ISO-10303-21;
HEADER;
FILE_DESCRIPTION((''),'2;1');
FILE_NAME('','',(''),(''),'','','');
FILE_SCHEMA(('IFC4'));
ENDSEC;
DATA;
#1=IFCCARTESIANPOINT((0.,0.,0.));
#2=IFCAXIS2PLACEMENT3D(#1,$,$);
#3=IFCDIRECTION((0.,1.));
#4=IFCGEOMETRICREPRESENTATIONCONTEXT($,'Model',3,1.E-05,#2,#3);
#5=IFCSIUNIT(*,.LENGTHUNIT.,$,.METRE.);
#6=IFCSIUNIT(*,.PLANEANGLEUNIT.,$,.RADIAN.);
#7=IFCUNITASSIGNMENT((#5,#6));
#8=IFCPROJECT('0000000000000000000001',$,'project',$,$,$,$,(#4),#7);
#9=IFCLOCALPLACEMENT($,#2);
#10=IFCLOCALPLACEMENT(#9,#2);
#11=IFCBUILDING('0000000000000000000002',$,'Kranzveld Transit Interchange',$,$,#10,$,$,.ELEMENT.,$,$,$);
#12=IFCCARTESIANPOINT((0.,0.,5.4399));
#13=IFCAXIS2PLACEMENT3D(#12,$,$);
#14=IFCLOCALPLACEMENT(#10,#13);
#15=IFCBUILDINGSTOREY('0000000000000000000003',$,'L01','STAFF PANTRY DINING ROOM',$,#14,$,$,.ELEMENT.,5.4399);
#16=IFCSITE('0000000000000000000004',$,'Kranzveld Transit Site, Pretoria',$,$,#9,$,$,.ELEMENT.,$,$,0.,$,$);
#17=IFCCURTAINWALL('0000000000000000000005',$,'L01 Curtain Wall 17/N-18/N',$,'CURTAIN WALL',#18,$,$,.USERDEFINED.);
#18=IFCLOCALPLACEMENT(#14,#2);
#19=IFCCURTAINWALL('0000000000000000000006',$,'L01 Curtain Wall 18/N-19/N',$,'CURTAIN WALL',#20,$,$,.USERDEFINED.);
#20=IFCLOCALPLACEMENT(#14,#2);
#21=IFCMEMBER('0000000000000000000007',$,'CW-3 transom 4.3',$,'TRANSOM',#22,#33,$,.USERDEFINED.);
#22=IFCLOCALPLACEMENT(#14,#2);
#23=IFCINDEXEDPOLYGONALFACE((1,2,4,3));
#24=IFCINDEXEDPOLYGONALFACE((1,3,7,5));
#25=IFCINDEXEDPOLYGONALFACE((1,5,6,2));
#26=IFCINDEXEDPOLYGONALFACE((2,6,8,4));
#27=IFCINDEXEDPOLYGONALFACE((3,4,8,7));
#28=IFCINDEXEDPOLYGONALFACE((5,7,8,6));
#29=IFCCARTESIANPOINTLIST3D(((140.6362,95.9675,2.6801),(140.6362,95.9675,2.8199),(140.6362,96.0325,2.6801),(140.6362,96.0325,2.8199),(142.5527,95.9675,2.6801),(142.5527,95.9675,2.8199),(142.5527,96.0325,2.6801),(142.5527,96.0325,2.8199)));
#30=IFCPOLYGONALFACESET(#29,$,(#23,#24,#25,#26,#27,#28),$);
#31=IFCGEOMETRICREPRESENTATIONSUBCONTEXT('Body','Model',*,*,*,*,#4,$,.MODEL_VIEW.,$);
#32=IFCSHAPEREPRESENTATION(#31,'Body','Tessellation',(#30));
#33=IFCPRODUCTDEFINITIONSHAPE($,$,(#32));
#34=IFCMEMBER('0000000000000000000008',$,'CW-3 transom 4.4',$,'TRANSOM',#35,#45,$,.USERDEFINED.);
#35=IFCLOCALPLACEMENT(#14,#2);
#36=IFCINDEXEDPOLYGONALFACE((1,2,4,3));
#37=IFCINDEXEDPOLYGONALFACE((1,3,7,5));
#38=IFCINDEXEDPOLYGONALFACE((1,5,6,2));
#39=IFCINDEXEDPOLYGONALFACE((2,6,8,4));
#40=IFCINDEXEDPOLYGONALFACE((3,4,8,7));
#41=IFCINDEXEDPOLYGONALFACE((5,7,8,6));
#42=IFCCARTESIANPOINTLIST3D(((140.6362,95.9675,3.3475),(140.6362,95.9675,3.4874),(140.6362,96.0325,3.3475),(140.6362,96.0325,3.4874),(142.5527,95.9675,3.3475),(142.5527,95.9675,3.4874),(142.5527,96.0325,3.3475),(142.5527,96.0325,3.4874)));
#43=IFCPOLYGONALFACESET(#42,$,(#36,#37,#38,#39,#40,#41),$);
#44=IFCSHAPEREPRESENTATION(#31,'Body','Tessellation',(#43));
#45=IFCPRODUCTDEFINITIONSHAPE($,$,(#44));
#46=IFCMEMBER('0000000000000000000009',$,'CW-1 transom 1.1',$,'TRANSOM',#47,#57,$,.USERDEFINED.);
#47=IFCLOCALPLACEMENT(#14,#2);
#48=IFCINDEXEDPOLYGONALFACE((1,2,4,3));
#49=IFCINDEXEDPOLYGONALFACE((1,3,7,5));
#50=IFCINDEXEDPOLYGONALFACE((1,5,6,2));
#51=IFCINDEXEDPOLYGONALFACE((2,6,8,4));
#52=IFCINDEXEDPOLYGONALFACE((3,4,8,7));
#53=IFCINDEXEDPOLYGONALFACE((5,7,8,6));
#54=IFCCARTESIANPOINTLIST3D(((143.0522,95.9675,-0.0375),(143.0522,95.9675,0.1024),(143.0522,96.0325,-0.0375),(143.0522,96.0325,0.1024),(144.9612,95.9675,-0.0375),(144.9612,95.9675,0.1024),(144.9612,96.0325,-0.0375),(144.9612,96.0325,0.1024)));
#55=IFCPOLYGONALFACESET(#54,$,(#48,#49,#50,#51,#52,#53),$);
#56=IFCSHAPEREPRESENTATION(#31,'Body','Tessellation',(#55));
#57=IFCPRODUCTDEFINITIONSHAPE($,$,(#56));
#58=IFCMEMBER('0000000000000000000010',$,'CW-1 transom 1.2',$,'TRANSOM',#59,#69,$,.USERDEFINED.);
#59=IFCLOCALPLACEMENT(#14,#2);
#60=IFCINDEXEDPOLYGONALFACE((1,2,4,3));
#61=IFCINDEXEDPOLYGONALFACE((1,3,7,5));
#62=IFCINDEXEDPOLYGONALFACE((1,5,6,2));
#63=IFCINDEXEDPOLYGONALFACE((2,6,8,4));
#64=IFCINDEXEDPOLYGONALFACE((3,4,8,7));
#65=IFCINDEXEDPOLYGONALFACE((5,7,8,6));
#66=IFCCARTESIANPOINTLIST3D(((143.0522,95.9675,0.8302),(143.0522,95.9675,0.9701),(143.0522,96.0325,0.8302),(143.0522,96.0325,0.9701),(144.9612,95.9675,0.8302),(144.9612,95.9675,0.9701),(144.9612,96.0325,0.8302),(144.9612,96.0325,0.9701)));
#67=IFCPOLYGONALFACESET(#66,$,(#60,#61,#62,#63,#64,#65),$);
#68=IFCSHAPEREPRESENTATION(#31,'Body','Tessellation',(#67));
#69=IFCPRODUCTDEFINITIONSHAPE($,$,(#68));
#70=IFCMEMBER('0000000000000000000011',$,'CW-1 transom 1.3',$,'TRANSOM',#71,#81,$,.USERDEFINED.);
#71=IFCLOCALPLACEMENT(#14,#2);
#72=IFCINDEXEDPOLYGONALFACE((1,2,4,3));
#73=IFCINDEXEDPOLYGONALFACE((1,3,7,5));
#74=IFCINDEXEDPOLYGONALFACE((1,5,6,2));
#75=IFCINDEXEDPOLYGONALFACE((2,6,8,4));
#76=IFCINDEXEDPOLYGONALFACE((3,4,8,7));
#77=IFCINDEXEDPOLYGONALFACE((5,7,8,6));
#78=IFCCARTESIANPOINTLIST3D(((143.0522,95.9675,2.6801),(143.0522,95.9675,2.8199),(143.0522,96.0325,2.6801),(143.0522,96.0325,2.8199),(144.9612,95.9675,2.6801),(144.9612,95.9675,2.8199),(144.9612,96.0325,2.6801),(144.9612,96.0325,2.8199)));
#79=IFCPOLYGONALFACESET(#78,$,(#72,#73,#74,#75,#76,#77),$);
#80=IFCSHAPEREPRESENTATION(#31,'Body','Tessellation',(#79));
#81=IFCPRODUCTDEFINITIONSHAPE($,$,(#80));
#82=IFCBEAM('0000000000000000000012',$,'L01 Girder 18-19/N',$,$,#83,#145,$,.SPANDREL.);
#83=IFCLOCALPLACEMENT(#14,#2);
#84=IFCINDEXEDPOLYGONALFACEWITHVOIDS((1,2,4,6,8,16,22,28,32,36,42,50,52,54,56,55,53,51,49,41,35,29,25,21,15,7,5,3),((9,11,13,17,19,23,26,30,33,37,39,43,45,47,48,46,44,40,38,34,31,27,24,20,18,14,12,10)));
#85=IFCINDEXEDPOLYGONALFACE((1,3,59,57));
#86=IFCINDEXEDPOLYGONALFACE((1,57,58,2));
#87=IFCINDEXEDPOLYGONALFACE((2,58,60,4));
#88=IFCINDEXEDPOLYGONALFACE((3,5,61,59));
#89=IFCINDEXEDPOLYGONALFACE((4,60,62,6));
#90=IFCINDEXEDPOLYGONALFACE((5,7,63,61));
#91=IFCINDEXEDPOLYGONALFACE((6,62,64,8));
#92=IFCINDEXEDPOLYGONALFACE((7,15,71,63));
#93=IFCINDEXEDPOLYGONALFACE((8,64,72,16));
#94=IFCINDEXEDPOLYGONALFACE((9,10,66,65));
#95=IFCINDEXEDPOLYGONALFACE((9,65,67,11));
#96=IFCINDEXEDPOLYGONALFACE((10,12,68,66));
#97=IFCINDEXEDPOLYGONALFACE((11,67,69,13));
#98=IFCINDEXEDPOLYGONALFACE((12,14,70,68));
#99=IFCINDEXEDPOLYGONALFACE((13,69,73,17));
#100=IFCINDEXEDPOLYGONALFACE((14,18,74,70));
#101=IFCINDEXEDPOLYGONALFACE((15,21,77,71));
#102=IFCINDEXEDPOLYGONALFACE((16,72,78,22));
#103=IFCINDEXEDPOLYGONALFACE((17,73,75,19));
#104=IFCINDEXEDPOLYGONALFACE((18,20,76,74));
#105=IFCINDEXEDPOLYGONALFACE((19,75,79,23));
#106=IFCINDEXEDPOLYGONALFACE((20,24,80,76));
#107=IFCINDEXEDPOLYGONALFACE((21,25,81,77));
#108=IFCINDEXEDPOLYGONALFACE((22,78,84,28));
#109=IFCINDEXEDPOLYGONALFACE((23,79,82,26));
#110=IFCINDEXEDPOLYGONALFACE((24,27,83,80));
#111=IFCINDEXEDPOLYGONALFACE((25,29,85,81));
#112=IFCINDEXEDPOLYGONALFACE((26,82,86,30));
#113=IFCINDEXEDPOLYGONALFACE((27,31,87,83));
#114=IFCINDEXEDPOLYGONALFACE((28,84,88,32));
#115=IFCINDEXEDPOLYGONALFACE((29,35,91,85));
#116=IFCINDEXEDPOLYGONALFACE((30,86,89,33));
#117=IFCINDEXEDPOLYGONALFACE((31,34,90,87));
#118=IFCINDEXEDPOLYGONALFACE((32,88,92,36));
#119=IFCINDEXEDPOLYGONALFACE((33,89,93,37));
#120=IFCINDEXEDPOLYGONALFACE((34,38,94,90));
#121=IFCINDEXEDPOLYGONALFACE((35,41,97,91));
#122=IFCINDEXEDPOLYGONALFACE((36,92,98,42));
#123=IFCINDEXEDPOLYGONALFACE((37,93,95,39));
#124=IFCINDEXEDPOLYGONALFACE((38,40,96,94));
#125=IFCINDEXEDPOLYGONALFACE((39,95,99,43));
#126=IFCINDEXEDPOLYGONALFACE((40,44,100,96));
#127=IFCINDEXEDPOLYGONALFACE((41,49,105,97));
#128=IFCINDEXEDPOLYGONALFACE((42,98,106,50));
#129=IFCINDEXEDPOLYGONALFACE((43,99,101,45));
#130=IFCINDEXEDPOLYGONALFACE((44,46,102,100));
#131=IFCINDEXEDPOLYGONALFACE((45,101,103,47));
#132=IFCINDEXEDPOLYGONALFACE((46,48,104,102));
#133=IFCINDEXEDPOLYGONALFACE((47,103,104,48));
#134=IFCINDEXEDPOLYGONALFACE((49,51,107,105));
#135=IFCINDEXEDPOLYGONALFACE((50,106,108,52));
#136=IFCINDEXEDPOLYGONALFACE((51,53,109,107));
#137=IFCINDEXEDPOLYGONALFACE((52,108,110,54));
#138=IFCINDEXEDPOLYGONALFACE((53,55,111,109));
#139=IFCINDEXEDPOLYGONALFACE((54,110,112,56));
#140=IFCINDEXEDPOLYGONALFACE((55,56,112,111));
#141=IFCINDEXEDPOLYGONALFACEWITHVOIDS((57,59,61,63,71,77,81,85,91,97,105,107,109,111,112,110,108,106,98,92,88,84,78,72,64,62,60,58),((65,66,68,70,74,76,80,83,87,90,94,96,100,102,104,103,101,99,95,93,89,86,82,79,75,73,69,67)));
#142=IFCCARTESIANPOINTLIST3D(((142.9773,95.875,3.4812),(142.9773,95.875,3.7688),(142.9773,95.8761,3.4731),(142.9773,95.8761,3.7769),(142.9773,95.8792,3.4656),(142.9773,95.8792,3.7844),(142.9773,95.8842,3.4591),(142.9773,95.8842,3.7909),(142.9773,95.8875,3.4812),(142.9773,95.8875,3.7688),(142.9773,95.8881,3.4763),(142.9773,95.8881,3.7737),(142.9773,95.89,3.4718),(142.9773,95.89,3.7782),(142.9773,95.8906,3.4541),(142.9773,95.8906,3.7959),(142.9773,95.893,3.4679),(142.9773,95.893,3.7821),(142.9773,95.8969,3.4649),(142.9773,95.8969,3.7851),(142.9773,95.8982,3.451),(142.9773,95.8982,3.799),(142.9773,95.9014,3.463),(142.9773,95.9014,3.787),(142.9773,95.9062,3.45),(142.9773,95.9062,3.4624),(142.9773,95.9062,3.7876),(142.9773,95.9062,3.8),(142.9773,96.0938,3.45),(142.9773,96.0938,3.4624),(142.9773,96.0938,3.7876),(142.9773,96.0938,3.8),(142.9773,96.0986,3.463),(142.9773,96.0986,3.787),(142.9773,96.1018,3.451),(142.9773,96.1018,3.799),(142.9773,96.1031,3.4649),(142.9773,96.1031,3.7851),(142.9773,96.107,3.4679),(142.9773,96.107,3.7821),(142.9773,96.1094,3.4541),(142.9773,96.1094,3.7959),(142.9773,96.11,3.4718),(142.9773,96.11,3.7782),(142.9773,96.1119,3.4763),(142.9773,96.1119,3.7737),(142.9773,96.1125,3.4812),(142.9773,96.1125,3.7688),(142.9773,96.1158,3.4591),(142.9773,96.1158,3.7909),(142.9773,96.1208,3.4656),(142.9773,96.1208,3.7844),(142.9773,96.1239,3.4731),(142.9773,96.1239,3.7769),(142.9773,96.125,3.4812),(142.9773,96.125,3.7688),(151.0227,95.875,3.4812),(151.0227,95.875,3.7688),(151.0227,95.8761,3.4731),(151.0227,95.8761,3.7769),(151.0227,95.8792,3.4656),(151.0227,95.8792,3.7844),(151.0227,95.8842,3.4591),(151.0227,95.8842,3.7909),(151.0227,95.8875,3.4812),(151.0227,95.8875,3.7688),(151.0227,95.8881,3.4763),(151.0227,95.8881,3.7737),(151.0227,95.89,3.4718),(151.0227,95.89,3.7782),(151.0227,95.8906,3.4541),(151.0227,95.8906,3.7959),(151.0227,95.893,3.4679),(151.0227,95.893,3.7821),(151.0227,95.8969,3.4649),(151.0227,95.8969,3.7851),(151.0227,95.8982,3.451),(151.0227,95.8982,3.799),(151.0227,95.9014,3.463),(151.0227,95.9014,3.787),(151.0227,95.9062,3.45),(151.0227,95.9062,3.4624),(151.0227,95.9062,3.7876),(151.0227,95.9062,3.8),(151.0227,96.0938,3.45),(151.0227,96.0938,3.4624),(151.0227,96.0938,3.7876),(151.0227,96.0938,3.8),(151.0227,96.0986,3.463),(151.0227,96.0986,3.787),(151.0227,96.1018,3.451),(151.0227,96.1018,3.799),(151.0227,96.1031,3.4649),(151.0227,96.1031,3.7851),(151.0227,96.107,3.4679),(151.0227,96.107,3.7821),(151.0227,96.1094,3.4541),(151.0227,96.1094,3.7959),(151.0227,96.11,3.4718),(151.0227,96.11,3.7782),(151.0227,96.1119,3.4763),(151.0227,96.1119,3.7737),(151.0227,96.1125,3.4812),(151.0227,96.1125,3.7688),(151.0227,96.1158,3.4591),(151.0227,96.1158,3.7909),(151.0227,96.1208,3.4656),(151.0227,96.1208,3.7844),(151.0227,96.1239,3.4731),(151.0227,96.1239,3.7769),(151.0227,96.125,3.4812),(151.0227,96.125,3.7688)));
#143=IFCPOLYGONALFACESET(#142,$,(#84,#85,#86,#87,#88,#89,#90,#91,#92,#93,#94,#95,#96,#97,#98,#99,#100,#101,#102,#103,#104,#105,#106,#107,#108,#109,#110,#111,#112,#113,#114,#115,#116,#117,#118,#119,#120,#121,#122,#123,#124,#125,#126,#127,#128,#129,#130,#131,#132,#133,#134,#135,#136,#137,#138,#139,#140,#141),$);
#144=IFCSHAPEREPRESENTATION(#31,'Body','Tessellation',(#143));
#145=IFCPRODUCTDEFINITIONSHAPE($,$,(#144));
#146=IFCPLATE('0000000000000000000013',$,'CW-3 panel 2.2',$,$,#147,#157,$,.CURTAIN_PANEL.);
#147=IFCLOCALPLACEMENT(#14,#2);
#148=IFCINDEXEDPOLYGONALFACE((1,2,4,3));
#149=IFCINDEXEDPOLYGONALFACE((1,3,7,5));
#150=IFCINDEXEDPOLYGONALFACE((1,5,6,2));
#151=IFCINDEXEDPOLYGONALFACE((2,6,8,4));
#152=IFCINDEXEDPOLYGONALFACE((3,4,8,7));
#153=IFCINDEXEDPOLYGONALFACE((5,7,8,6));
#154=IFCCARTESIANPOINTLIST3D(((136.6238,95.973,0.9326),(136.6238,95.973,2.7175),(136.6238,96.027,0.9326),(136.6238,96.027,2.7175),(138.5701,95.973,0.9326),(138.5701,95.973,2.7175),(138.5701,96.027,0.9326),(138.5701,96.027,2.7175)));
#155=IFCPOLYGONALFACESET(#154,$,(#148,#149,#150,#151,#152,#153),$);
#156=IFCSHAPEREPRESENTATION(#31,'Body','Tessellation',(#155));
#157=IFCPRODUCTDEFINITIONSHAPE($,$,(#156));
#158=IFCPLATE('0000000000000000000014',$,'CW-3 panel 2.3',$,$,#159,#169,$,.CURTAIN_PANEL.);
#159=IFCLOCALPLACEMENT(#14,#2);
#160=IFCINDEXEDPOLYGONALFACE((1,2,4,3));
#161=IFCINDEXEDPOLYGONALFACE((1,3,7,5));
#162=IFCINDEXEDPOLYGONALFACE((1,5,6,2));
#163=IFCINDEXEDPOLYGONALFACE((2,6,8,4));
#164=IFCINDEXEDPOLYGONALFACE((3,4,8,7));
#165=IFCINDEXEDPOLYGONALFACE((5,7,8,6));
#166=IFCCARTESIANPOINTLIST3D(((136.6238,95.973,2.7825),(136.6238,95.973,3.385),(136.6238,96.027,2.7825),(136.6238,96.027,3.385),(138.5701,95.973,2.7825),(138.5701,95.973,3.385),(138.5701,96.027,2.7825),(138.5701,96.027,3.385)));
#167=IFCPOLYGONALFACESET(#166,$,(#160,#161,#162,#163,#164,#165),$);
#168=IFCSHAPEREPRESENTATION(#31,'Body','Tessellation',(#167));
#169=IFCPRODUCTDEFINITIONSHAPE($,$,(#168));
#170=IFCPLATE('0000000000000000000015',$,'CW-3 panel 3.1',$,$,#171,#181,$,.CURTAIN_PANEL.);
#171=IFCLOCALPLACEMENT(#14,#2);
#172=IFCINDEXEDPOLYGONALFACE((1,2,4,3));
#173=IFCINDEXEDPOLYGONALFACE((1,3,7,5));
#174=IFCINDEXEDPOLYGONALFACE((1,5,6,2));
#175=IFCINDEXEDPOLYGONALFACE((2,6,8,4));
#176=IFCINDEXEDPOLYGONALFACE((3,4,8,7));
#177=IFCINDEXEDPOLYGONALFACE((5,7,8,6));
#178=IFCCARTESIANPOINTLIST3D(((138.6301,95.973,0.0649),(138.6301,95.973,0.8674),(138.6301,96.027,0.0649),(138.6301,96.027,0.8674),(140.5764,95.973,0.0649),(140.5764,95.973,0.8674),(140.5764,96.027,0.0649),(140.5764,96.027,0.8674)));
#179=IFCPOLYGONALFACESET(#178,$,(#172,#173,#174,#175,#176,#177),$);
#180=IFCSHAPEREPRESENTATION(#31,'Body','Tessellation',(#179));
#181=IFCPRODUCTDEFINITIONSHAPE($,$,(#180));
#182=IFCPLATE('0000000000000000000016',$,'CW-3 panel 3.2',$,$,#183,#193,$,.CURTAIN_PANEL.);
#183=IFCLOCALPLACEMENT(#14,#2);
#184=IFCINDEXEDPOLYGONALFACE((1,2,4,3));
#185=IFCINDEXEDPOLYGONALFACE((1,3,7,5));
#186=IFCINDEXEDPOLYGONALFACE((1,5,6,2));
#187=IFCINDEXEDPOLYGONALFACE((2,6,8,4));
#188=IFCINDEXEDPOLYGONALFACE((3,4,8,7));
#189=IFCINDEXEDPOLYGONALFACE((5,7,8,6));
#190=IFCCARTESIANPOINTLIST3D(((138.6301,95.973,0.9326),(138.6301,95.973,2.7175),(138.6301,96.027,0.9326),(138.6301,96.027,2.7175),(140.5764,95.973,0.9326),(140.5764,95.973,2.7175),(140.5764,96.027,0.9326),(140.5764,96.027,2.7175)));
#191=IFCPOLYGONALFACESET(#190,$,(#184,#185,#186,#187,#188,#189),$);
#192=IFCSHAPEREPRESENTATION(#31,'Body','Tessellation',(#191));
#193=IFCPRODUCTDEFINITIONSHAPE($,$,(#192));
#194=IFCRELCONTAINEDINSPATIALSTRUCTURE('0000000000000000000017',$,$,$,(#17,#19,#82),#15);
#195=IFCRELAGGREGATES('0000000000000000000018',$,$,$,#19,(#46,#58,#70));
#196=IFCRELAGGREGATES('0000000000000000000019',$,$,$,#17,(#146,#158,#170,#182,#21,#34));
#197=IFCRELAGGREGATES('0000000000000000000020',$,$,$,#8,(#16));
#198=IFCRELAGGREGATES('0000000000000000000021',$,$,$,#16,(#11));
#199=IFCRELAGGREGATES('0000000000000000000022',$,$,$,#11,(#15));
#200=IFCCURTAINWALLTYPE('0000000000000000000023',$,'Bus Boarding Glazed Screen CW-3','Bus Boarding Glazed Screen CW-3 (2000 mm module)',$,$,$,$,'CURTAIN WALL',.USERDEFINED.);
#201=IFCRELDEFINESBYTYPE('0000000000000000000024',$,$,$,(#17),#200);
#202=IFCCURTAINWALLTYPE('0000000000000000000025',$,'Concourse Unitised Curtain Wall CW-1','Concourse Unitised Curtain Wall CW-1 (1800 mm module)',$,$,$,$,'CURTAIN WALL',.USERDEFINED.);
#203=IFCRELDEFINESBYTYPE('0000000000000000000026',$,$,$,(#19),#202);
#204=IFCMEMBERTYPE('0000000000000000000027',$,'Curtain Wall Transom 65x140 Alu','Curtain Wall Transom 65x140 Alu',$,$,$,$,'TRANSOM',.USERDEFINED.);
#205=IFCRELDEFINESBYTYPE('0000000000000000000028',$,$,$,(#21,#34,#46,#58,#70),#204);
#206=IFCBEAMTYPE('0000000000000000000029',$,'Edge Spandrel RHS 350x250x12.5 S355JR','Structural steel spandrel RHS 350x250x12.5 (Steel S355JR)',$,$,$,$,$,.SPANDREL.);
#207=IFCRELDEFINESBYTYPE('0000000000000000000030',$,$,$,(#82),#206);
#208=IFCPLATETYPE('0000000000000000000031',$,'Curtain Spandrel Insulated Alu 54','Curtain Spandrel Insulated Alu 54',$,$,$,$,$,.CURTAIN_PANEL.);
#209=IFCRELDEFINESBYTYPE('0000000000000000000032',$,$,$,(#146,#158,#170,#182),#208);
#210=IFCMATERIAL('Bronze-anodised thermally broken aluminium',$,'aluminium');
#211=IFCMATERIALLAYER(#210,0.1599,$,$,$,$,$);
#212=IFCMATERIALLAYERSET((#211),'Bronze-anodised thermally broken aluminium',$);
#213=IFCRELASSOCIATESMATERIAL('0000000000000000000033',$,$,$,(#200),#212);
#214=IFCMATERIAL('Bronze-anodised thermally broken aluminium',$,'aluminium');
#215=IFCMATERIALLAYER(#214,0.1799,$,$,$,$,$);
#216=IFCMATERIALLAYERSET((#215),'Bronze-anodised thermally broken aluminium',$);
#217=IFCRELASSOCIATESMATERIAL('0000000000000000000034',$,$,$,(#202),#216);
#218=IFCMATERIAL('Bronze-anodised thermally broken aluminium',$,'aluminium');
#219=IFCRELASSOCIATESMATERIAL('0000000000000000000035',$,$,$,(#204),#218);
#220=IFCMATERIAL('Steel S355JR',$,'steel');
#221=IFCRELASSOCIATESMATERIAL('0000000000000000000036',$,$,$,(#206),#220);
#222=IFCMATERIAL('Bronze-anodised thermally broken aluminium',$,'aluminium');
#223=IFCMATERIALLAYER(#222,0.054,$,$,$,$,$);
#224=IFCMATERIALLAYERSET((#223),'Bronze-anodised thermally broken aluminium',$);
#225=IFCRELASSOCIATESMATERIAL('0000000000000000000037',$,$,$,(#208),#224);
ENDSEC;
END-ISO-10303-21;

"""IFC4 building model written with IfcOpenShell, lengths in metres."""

from ifc_helpers import new_model, si_unit, direction, frame, origin, origin_2d, place, context, subcontext, project, spatial, rectangle, hollow_rectangle, extrude, material, layer, layer_set, material_profile, profile_set, type_object, element, aggregate, save


model = new_model("IFC4")

# Units and contexts
model_context = context("Model", 3, precision=1e-05, world=origin(), true_north=direction((0.0, 1.0)))
body_context = subcontext(model_context, "Body", "Model", "MODEL_VIEW")
ifc_project = project(units=[si_unit("LENGTHUNIT", "METRE"), si_unit("PLANEANGLEUNIT", "RADIAN")], contexts=[model_context])

# Site, building, storey
site_placement = place(None, origin())
site = spatial("IfcSite", under=ifc_project, at=site_placement, Name="Kranzveld Transit Site, Pretoria", CompositionType="ELEMENT", RefElevation=0.0)
building_placement = place(site_placement, origin())
building = spatial("IfcBuilding", under=site, at=building_placement, Name="Kranzveld Transit Interchange", CompositionType="ELEMENT")
storey_placement = place(building_placement, frame((0.0, 0.0, 5.4399)))
storey = spatial("IfcBuildingStorey", under=building, at=storey_placement, Name="L01", Description="STAFF PANTRY DINING ROOM", CompositionType="ELEMENT", Elevation=5.4399)

# Curtain wall
ifc_material_1 = material(Name="Bronze-anodised thermally broken aluminium", Category="aluminium")
ifc_layer_1 = layer(ifc_material_1, 0.1599)
ifc_layer_set_1 = layer_set([ifc_layer_1], Name="Bronze-anodised thermally broken aluminium")
curtain_wall_type_1 = type_object("IfcCurtainWallType", Name="Bus Boarding Glazed Screen CW-3", Description="Bus Boarding Glazed Screen CW-3 (2000 mm module)", ElementType="CURTAIN WALL", PredefinedType="USERDEFINED", material=ifc_layer_set_1)
curtain_wall_1_placement = place(storey_placement, origin())
curtain_wall_1 = element("IfcCurtainWall", 1, at=curtain_wall_1_placement, inside=storey, type_object=curtain_wall_type_1, Name="L01 Curtain Wall 17/N-18/N", ObjectType="CURTAIN WALL", PredefinedType="USERDEFINED")

# Curtain wall
ifc_material_2 = material(Name="Bronze-anodised thermally broken aluminium", Category="aluminium")
ifc_layer_2 = layer(ifc_material_2, 0.1799)
ifc_layer_set_2 = layer_set([ifc_layer_2], Name="Bronze-anodised thermally broken aluminium")
curtain_wall_type_2 = type_object("IfcCurtainWallType", Name="Concourse Unitised Curtain Wall CW-1", Description="Concourse Unitised Curtain Wall CW-1 (1800 mm module)", ElementType="CURTAIN WALL", PredefinedType="USERDEFINED", material=ifc_layer_set_2)
curtain_wall_2_placement = place(storey_placement, origin())
curtain_wall_2 = element("IfcCurtainWall", 2, at=curtain_wall_2_placement, inside=storey, type_object=curtain_wall_type_2, Name="L01 Curtain Wall 18/N-19/N", ObjectType="CURTAIN WALL", PredefinedType="USERDEFINED")

# Members
ifc_material_3 = material(Name="Bronze-anodised thermally broken aluminium", Category="aluminium")
ifc_material_profile_1 = material_profile(ifc_material_3, rectangle(XDim=0.0649, YDim=0.1399, at=origin_2d()), Name="ALU TRANSOM 65x140")
ifc_profile_set_1 = profile_set([ifc_material_profile_1], Name="Bronze-anodised thermally broken aluminium")
member_type_1 = type_object("IfcMemberType", Name="Curtain Wall Transom 65x140 Alu", Description="Curtain Wall Transom 65x140 Alu", ElementType="TRANSOM", PredefinedType="USERDEFINED", material=ifc_profile_set_1)
member_1_placement = place(storey_placement, frame((140.6362, 96.0, 2.75), z_axis=(1.0, 0.0, 0.0), x_axis=(0.0, 1.0, 0.0)))
member_1 = element("IfcMember", 3, at=member_1_placement, type_object=member_type_1, Name="CW-3 transom 4.3", ObjectType="TRANSOM", PredefinedType="USERDEFINED", context=body_context, shape_type="SweptSolid", body=[
    extrude(rectangle(XDim=0.0649, YDim=0.1399, at=origin_2d()), origin(), (0.0, 0.0, 1.0), 1.9165),
])
member_2_placement = place(storey_placement, frame((140.6362, 96.0, 3.4175), z_axis=(1.0, 0.0, 0.0), x_axis=(0.0, 1.0, 0.0)))
member_2 = element("IfcMember", 4, at=member_2_placement, type_object=member_type_1, Name="CW-3 transom 4.4", ObjectType="TRANSOM", PredefinedType="USERDEFINED", context=body_context, shape_type="SweptSolid", body=[
    extrude(rectangle(XDim=0.0649, YDim=0.1399, at=origin_2d()), origin(), (0.0, 0.0, 1.0), 1.9165),
])
member_3_placement = place(storey_placement, frame((143.0522, 96.0, 0.0325), z_axis=(1.0, 0.0, 0.0), x_axis=(0.0, 1.0, 0.0)))
member_3 = element("IfcMember", 5, at=member_3_placement, type_object=member_type_1, Name="CW-1 transom 1.1", ObjectType="TRANSOM", PredefinedType="USERDEFINED", context=body_context, shape_type="SweptSolid", body=[
    extrude(rectangle(XDim=0.0649, YDim=0.1399, at=origin_2d()), origin(), (0.0, 0.0, 1.0), 1.9089),
])
member_4_placement = place(storey_placement, frame((143.0522, 96.0, 0.9001), z_axis=(1.0, 0.0, 0.0), x_axis=(0.0, 1.0, 0.0)))
member_4 = element("IfcMember", 6, at=member_4_placement, type_object=member_type_1, Name="CW-1 transom 1.2", ObjectType="TRANSOM", PredefinedType="USERDEFINED", context=body_context, shape_type="SweptSolid", body=[
    extrude(rectangle(XDim=0.0649, YDim=0.1399, at=origin_2d()), origin(), (0.0, 0.0, 1.0), 1.9089),
])
member_5_placement = place(storey_placement, frame((143.0522, 96.0, 2.75), z_axis=(1.0, 0.0, 0.0), x_axis=(0.0, 1.0, 0.0)))
member_5 = element("IfcMember", 7, at=member_5_placement, type_object=member_type_1, Name="CW-1 transom 1.3", ObjectType="TRANSOM", PredefinedType="USERDEFINED", context=body_context, shape_type="SweptSolid", body=[
    extrude(rectangle(XDim=0.0649, YDim=0.1399, at=origin_2d()), origin(), (0.0, 0.0, 1.0), 1.9089),
])
aggregate(curtain_wall_2, [member_3, member_4, member_5])

# Beam
ifc_material_4 = material(Name="Steel S355JR", Category="steel")
ifc_material_profile_2 = material_profile(ifc_material_4, hollow_rectangle(XDim=0.25, YDim=0.3501, WallThickness=0.0125, InnerFilletRadius=0.0188, OuterFilletRadius=0.0312, at=origin_2d()), Name="RHS 350x250x12.5")
ifc_profile_set_2 = profile_set([ifc_material_profile_2], Name="Steel S355JR")
beam_type = type_object("IfcBeamType", Name="Edge Spandrel RHS 350x250x12.5 S355JR", Description="Structural steel spandrel RHS 350x250x12.5 (Steel S355JR)", PredefinedType="SPANDREL", material=ifc_profile_set_2)
beam_placement = place(storey_placement, frame((142.9773, 96.0, 3.625), z_axis=(1.0, 0.0, 0.0), x_axis=(0.0, 1.0, 0.0)))
element("IfcBeam", 8, at=beam_placement, inside=storey, type_object=beam_type, Name="L01 Girder 18-19/N", PredefinedType="SPANDREL", context=body_context, shape_type="SweptSolid", body=[
    extrude(hollow_rectangle(XDim=0.25, YDim=0.3501, WallThickness=0.0125, InnerFilletRadius=0.0188, OuterFilletRadius=0.0312, at=origin_2d()), origin(), (0.0, 0.0, 1.0), 8.0454),
])

# Plates
ifc_material_5 = material(Name="Bronze-anodised thermally broken aluminium", Category="aluminium")
ifc_layer_3 = layer(ifc_material_5, 0.054)
ifc_layer_set_3 = layer_set([ifc_layer_3], Name="Bronze-anodised thermally broken aluminium")
plate_type = type_object("IfcPlateType", Name="Curtain Spandrel Insulated Alu 54", Description="Curtain Spandrel Insulated Alu 54", PredefinedType="CURTAIN_PANEL", material=ifc_layer_set_3)
plate_1_placement = place(storey_placement, frame((137.5969, 96.0, 0.9326), z_axis=(0.0, 0.0, 1.0), x_axis=(1.0, 0.0, 0.0)))
plate_1 = element("IfcPlate", 9, at=plate_1_placement, type_object=plate_type, Name="CW-3 panel 2.2", PredefinedType="CURTAIN_PANEL", context=body_context, shape_type="SweptSolid", body=[
    extrude(rectangle(XDim=1.9463, YDim=0.054, at=origin_2d()), origin(), (0.0, 0.0, 1.0), 1.7849),
])
plate_2_placement = place(storey_placement, frame((137.5969, 96.0, 2.7825), z_axis=(0.0, 0.0, 1.0), x_axis=(1.0, 0.0, 0.0)))
plate_2 = element("IfcPlate", 10, at=plate_2_placement, type_object=plate_type, Name="CW-3 panel 2.3", PredefinedType="CURTAIN_PANEL", context=body_context, shape_type="SweptSolid", body=[
    extrude(rectangle(XDim=1.9463, YDim=0.054, at=origin_2d()), origin(), (0.0, 0.0, 1.0), 0.6025),
])
plate_3_placement = place(storey_placement, frame((139.6033, 96.0, 0.0649), z_axis=(0.0, 0.0, 1.0), x_axis=(1.0, 0.0, 0.0)))
plate_3 = element("IfcPlate", 11, at=plate_3_placement, type_object=plate_type, Name="CW-3 panel 3.1", PredefinedType="CURTAIN_PANEL", context=body_context, shape_type="SweptSolid", body=[
    extrude(rectangle(XDim=1.9463, YDim=0.054, at=origin_2d()), origin(), (0.0, 0.0, 1.0), 0.8025),
])
plate_4_placement = place(storey_placement, frame((139.6033, 96.0, 0.9326), z_axis=(0.0, 0.0, 1.0), x_axis=(1.0, 0.0, 0.0)))
plate_4 = element("IfcPlate", 12, at=plate_4_placement, type_object=plate_type, Name="CW-3 panel 3.2", PredefinedType="CURTAIN_PANEL", context=body_context, shape_type="SweptSolid", body=[
    extrude(rectangle(XDim=1.9463, YDim=0.054, at=origin_2d()), origin(), (0.0, 0.0, 1.0), 1.7849),
])
aggregate(curtain_wall_1, [plate_1, plate_2, plate_3, plate_4, member_1, member_2])

save(model, "model.ifc")
